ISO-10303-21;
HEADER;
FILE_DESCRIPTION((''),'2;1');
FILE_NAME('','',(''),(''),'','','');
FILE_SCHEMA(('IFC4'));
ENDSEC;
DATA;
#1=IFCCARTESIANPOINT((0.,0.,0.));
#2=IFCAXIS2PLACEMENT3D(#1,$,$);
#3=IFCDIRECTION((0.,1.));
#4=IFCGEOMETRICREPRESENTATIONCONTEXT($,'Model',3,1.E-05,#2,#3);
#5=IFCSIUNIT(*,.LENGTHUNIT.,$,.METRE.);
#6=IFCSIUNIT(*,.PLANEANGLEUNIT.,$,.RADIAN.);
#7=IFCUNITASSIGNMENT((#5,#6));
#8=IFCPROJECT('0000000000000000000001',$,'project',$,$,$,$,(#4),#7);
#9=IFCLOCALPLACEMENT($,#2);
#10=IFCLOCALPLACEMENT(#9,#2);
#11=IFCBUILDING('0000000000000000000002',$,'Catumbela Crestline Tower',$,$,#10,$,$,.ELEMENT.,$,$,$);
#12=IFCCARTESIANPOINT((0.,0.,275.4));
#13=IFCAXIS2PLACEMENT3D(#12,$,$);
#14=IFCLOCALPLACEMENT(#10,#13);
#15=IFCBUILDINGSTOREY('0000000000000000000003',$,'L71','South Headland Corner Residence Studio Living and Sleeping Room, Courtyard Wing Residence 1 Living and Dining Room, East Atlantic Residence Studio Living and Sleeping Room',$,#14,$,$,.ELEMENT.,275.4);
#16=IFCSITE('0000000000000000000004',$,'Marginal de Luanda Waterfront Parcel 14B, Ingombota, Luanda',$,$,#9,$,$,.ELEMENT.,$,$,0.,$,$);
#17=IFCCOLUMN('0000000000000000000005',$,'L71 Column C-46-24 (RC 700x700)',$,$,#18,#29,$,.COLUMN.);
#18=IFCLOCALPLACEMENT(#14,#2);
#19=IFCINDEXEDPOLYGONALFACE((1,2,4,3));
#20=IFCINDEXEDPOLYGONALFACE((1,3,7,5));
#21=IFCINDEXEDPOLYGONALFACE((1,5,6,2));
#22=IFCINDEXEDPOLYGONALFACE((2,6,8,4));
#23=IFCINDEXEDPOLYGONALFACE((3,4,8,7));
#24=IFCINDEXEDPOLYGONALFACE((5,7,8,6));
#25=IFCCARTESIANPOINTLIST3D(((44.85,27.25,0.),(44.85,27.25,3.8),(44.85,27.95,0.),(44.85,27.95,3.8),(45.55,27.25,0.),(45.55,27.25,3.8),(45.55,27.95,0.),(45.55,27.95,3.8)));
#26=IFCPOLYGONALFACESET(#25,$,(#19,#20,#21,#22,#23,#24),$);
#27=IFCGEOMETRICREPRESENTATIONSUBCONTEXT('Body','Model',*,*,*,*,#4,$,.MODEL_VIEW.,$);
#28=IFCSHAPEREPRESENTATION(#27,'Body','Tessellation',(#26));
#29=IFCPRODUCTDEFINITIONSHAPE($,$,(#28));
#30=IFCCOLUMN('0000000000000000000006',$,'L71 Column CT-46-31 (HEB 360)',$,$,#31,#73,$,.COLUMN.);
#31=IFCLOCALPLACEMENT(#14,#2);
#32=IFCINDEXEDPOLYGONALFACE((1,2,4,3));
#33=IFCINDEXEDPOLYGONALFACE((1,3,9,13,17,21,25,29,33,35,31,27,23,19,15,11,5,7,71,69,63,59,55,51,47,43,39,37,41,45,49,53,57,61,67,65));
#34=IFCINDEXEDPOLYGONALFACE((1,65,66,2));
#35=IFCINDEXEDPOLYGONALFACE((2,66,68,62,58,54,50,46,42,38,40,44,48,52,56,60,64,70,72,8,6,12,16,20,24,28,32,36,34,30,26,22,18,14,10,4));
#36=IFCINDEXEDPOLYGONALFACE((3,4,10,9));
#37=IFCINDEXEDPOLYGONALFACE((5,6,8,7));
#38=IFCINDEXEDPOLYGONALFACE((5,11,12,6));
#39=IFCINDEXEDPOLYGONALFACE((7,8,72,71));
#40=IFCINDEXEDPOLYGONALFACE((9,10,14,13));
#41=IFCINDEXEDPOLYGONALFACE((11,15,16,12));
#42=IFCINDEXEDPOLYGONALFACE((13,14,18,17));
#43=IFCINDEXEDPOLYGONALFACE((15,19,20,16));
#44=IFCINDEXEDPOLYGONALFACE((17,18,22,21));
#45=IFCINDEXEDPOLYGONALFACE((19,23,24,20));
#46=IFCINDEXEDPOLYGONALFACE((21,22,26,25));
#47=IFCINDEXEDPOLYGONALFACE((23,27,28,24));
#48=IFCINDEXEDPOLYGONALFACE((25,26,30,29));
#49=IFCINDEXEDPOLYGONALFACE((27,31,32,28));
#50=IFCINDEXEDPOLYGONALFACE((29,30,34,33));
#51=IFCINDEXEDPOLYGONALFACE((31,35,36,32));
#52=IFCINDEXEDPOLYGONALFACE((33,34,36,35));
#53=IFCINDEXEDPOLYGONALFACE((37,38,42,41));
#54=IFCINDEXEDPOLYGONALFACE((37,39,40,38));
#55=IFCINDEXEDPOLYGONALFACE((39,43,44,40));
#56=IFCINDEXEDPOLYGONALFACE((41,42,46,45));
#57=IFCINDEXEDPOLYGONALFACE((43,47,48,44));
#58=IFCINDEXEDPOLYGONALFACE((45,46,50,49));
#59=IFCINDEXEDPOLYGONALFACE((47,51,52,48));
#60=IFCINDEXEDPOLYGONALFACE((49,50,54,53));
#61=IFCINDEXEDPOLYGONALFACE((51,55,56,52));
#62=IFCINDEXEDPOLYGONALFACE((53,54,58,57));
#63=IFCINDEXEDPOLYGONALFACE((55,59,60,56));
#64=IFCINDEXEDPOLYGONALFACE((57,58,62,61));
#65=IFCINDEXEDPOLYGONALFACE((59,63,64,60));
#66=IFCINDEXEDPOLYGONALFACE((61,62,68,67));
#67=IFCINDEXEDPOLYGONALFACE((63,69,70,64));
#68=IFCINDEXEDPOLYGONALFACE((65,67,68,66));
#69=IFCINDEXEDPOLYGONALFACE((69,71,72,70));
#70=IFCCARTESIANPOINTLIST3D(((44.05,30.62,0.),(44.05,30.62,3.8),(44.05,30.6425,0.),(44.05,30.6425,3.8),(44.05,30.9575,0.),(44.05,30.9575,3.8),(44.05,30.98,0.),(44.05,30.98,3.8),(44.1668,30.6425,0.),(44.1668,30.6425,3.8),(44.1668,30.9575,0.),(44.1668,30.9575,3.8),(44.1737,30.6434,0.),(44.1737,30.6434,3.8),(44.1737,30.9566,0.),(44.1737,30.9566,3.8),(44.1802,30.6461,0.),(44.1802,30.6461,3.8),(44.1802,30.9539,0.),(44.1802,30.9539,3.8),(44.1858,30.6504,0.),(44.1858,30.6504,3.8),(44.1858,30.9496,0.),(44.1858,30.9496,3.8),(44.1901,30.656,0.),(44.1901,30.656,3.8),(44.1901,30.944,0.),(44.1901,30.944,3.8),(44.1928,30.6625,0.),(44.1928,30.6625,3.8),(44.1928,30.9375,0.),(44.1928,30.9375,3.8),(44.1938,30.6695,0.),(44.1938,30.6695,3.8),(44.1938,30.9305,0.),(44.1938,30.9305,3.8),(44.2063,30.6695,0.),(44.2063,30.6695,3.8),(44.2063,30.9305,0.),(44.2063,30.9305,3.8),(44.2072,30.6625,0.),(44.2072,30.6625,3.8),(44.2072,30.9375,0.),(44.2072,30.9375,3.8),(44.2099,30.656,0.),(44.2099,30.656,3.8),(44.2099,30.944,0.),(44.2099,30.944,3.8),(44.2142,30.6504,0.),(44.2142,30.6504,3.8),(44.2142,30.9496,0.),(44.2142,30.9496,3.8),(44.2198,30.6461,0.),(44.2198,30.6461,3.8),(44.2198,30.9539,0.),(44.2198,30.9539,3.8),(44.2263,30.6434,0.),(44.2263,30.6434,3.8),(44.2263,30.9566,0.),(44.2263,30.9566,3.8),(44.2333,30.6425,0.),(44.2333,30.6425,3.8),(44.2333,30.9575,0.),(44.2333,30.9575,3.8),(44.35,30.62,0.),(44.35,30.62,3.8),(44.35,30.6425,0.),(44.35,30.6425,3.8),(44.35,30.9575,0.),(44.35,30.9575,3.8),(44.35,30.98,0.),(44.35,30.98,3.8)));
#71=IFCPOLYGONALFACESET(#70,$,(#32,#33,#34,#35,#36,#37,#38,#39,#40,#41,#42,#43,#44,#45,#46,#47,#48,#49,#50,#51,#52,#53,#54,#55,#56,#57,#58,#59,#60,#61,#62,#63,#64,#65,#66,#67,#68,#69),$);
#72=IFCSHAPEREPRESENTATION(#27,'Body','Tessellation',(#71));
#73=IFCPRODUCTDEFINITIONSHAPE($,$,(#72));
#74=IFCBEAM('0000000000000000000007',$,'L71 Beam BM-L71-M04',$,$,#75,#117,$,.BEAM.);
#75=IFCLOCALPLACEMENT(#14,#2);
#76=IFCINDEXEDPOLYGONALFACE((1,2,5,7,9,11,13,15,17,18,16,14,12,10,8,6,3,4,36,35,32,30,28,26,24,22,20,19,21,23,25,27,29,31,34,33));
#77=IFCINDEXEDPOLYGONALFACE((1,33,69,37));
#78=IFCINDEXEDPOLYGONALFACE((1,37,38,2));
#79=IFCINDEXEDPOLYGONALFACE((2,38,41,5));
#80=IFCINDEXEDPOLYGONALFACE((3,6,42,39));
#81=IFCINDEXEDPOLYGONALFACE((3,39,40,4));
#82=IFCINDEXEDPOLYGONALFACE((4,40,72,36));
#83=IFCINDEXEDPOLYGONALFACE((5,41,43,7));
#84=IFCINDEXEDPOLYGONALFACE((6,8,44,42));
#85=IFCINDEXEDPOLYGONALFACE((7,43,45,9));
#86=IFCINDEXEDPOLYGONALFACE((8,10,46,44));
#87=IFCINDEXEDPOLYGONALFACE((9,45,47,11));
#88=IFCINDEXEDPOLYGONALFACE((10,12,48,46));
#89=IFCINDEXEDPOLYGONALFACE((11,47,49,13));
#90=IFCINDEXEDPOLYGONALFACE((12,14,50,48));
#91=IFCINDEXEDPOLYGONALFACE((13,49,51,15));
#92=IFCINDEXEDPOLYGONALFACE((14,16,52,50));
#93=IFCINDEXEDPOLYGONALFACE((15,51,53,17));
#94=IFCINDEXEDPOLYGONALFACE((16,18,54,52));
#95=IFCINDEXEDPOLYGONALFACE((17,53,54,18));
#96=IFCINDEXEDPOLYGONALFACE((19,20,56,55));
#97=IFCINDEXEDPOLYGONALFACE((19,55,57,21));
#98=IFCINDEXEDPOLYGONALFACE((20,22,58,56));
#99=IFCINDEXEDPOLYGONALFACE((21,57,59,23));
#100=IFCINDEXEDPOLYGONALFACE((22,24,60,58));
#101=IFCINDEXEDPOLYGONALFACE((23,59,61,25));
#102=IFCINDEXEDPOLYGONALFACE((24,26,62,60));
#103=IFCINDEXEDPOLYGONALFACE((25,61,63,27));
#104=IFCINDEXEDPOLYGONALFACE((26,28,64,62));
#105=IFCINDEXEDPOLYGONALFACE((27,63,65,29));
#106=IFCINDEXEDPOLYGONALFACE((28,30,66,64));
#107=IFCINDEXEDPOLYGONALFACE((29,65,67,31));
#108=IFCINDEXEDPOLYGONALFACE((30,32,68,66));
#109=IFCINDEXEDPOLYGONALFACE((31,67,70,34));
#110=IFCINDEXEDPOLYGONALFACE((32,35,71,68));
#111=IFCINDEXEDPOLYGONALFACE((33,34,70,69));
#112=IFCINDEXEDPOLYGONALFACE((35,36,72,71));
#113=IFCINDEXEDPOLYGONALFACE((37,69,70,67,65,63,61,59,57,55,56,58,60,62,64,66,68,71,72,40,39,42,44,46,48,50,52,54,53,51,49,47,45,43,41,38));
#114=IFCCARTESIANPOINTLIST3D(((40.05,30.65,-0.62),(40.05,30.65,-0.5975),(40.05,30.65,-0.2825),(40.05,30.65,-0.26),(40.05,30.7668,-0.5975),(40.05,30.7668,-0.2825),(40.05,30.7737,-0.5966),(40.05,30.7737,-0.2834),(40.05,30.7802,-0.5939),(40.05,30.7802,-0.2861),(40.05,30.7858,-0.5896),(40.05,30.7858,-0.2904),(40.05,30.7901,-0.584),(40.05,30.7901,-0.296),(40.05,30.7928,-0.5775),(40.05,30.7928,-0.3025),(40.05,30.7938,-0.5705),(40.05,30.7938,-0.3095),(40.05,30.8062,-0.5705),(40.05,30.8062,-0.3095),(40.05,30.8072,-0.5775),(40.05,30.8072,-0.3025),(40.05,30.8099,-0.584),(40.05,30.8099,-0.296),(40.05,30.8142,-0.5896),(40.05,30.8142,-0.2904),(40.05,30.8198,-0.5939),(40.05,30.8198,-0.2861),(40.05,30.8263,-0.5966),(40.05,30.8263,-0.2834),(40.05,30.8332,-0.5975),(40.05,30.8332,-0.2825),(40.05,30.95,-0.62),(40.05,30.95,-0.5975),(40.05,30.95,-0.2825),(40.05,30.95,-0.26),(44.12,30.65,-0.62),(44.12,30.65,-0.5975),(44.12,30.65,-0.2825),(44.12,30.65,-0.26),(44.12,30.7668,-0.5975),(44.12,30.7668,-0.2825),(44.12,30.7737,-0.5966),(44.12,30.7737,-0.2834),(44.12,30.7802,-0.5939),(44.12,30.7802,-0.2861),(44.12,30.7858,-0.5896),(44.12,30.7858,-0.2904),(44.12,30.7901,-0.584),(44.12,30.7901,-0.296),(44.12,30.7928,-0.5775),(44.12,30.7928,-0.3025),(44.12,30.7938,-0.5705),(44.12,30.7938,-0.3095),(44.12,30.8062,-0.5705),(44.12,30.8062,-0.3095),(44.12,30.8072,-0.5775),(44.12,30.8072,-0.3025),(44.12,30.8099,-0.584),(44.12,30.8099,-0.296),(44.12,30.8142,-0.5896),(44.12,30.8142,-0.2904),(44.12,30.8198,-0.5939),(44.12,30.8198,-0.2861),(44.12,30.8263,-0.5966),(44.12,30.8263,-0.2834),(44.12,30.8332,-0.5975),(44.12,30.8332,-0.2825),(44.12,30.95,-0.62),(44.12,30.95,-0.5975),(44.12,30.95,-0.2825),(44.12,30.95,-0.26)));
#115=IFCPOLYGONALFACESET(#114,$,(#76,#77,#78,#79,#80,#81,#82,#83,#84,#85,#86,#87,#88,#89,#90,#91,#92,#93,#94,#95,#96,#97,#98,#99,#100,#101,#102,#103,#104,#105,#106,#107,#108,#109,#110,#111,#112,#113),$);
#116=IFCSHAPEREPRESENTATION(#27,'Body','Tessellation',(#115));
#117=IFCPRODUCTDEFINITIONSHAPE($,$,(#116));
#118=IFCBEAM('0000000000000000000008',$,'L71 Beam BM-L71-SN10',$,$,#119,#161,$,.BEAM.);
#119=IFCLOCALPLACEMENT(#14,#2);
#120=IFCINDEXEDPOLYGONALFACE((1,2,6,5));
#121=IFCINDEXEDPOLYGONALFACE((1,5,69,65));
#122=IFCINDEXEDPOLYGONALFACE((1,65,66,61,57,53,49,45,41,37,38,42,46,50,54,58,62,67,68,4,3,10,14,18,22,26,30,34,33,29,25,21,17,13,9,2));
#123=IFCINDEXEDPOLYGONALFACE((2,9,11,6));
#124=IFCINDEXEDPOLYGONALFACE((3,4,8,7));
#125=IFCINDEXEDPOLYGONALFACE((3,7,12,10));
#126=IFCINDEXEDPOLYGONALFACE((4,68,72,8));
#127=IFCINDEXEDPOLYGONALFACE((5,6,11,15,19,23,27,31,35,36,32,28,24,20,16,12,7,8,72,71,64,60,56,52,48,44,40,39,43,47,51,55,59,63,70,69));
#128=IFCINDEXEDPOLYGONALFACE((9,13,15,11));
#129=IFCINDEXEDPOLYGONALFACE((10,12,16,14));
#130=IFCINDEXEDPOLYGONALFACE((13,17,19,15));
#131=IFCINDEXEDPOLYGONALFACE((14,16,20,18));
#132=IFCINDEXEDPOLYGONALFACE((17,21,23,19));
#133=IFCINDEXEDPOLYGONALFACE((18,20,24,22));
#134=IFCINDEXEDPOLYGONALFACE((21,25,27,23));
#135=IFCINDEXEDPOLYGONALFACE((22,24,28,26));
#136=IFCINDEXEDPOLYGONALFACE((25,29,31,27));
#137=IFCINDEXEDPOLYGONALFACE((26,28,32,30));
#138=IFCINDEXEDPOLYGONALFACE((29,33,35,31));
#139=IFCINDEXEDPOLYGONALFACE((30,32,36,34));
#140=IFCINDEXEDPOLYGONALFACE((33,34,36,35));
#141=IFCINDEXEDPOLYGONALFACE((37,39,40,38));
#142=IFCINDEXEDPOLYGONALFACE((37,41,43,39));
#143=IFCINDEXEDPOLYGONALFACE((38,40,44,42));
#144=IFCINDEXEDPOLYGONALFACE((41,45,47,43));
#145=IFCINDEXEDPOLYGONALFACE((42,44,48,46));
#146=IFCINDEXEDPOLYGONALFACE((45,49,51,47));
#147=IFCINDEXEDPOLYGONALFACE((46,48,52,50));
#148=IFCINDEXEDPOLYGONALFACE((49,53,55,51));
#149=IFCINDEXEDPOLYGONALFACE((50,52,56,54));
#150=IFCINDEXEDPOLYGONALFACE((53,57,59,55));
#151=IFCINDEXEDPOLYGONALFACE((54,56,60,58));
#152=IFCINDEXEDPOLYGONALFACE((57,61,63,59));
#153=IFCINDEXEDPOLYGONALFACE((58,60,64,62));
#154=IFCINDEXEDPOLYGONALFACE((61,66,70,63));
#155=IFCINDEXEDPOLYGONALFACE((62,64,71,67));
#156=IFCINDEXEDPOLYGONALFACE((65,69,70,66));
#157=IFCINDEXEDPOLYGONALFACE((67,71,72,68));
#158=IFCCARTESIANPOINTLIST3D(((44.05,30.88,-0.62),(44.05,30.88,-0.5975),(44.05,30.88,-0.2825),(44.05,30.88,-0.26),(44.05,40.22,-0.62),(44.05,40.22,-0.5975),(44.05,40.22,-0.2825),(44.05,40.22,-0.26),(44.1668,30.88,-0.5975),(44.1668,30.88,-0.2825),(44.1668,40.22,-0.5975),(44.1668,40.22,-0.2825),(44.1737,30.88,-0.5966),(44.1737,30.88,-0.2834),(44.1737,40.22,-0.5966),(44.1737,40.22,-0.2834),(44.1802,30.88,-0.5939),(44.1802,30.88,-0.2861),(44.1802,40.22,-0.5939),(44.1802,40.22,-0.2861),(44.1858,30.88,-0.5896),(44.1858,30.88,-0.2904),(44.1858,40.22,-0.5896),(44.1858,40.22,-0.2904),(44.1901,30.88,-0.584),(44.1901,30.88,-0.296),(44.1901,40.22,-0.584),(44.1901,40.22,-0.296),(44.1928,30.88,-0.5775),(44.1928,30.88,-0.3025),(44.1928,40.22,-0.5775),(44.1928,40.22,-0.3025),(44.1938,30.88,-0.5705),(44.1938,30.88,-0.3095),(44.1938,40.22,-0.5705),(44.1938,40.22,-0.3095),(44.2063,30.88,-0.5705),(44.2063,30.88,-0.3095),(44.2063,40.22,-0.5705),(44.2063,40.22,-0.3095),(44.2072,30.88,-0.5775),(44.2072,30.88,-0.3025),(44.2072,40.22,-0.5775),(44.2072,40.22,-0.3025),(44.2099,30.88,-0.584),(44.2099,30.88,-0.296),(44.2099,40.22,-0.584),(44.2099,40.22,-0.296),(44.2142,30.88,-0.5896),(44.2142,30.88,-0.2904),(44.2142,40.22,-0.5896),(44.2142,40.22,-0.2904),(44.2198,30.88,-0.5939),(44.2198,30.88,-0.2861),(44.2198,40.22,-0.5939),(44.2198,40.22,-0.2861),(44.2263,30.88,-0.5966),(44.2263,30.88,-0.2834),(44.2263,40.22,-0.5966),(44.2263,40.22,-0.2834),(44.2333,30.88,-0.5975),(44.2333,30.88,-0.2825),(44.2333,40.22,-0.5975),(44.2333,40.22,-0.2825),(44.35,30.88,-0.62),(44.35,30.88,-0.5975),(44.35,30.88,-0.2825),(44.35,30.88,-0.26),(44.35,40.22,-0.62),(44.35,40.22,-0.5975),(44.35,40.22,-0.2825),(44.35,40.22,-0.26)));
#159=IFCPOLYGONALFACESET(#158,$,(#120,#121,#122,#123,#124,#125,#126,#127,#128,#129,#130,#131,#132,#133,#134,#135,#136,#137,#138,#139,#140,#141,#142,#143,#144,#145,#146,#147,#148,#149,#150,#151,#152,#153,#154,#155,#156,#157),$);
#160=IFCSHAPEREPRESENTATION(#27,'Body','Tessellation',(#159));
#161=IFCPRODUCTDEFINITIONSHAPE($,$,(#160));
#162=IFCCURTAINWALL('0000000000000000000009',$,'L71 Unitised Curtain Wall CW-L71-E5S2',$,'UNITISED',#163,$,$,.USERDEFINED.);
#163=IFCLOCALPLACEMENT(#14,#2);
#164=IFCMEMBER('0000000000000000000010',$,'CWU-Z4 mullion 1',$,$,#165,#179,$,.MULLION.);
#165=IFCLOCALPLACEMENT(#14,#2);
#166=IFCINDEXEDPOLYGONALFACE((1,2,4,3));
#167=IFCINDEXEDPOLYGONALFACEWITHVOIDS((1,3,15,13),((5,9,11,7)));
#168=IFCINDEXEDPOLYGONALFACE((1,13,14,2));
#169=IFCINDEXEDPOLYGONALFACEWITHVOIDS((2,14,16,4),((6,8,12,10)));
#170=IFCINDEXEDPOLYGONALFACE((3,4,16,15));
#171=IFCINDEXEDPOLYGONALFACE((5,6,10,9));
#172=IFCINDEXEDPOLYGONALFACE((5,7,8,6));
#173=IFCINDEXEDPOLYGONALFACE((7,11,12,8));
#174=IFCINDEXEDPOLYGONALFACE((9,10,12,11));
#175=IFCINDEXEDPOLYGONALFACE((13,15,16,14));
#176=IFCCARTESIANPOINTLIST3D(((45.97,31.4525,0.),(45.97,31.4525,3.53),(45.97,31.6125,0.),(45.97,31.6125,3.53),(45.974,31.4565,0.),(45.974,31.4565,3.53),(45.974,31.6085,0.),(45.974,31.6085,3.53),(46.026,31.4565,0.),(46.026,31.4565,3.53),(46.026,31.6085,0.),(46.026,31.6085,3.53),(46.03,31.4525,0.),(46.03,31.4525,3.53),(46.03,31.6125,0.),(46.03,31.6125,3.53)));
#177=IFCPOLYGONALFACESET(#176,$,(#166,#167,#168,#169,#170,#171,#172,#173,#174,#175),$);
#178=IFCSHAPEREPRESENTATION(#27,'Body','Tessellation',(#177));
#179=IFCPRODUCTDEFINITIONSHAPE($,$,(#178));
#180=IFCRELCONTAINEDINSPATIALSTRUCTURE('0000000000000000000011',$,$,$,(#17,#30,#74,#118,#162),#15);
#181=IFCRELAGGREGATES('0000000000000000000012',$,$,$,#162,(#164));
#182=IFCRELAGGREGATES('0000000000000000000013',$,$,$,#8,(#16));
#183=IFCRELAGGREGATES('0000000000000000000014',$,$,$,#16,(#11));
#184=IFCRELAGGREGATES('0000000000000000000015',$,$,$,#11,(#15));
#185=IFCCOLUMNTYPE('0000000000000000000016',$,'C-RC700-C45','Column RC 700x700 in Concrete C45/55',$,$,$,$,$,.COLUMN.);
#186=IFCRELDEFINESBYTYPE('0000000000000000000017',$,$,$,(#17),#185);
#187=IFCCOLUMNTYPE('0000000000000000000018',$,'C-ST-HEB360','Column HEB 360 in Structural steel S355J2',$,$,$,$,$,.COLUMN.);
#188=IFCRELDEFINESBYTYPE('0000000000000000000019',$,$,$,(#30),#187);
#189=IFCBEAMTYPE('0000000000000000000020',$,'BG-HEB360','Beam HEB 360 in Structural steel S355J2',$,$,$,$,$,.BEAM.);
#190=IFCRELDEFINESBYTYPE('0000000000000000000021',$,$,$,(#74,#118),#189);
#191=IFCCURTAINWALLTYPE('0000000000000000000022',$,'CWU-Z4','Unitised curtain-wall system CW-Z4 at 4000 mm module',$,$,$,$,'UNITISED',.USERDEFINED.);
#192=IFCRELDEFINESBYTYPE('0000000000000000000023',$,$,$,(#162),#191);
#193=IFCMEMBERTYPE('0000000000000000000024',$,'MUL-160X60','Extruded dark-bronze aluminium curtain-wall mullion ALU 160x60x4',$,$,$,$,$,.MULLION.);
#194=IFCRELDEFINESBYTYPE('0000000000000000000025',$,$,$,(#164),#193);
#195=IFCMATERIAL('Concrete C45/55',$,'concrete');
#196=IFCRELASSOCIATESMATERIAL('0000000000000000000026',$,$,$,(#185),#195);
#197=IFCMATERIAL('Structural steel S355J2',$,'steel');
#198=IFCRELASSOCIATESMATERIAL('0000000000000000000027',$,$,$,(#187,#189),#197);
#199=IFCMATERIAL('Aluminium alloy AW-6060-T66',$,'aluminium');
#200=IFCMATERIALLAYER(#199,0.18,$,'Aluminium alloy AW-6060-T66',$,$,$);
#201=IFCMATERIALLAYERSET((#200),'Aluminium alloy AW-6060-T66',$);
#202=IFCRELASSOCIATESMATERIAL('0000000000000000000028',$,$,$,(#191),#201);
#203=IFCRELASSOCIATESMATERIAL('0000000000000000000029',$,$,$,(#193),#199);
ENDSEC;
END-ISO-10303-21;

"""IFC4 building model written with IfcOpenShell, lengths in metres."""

from ifc_helpers import new_model, si_unit, direction, frame, origin, origin_2d, place, context, subcontext, project, spatial, rectangle, hollow_rectangle, i_section, extrude, material, layer, layer_set, material_profile, profile_set, type_object, element, aggregate, save


model = new_model("IFC4")

# Units and contexts
model_context = context("Model", 3, precision=1e-05, world=origin(), true_north=direction((0.0, 1.0)))
body_context = subcontext(model_context, "Body", "Model", "MODEL_VIEW")
ifc_project = project(units=[si_unit("LENGTHUNIT", "METRE"), si_unit("PLANEANGLEUNIT", "RADIAN")], contexts=[model_context])

# Site, building, storey
site_placement = place(None, origin())
site = spatial("IfcSite", under=ifc_project, at=site_placement, Name="Marginal de Luanda Waterfront Parcel 14B, Ingombota, Luanda", CompositionType="ELEMENT", RefElevation=0.0)
building_placement = place(site_placement, origin())
building = spatial("IfcBuilding", under=site, at=building_placement, Name="Catumbela Crestline Tower", CompositionType="ELEMENT")
storey_placement = place(building_placement, frame((0.0, 0.0, 275.4)))
storey = spatial("IfcBuildingStorey", under=building, at=storey_placement, Name="L71", Description="South Headland Corner Residence Studio Living and Sleeping Room, Courtyard Wing Residence 1 Living and Dining Room, East Atlantic Residence Studio Living and Sleeping Room", CompositionType="ELEMENT", Elevation=275.4)

# Columns
ifc_material_1 = material(Name="Concrete C45/55", Category="concrete")
ifc_material_profile_1 = material_profile(ifc_material_1, rectangle(XDim=0.7, YDim=0.7, at=origin_2d()), Name="RC 700x700")
ifc_profile_set_1 = profile_set([ifc_material_profile_1], Name="Concrete C45/55")
column_type_1 = type_object("IfcColumnType", Name="C-RC700-C45", Description="Column RC 700x700 in Concrete C45/55", PredefinedType="COLUMN", material=ifc_profile_set_1)
column_1_placement = place(storey_placement, frame((45.2, 27.6, 0.0), z_axis=(0.0, 0.0, 1.0), x_axis=(1.0, 0.0, 0.0)))
element("IfcColumn", 1, at=column_1_placement, inside=storey, type_object=column_type_1, Name="L71 Column C-46-24 (RC 700x700)", PredefinedType="COLUMN", context=body_context, shape_type="SweptSolid", body=[
    extrude(rectangle(XDim=0.7, YDim=0.7, at=origin_2d()), origin(), (0.0, 0.0, 1.0), 3.8),
])
ifc_material_2 = material(Name="Structural steel S355J2", Category="steel")
ifc_material_profile_2 = material_profile(ifc_material_2, i_section(OverallWidth=0.3, OverallDepth=0.36, WebThickness=0.0125, FlangeThickness=0.0225, FilletRadius=0.027, at=origin_2d()), Name="HEB 360")
ifc_profile_set_2 = profile_set([ifc_material_profile_2], Name="Structural steel S355J2")
column_type_2 = type_object("IfcColumnType", Name="C-ST-HEB360", Description="Column HEB 360 in Structural steel S355J2", PredefinedType="COLUMN", material=ifc_profile_set_2)
column_2_placement = place(storey_placement, frame((44.2, 30.8, 0.0), z_axis=(0.0, 0.0, 1.0), x_axis=(1.0, 0.0, 0.0)))
element("IfcColumn", 2, at=column_2_placement, inside=storey, type_object=column_type_2, Name="L71 Column CT-46-31 (HEB 360)", PredefinedType="COLUMN", context=body_context, shape_type="SweptSolid", body=[
    extrude(i_section(OverallWidth=0.3, OverallDepth=0.36, WebThickness=0.0125, FlangeThickness=0.0225, FilletRadius=0.027, at=origin_2d()), origin(), (0.0, 0.0, 1.0), 3.8),
])

# Beams
ifc_material_profile_3 = material_profile(ifc_material_2, i_section(OverallWidth=0.3, OverallDepth=0.36, WebThickness=0.0125, FlangeThickness=0.0225, FilletRadius=0.027, at=origin_2d()), Name="HEB 360")
ifc_profile_set_3 = profile_set([ifc_material_profile_3], Name="Structural steel S355J2")
beam_type_1 = type_object("IfcBeamType", Name="BG-HEB360", Description="Beam HEB 360 in Structural steel S355J2", PredefinedType="BEAM", material=ifc_profile_set_3)
beam_1_placement = place(storey_placement, frame((40.05, 30.8, -0.44), z_axis=(1.0, 0.0, 0.0), x_axis=(0.0, 1.0, 0.0)))
element("IfcBeam", 3, at=beam_1_placement, inside=storey, type_object=beam_type_1, Name="L71 Beam BM-L71-M04", PredefinedType="BEAM", context=body_context, shape_type="SweptSolid", body=[
    extrude(i_section(OverallWidth=0.3, OverallDepth=0.36, WebThickness=0.0125, FlangeThickness=0.0225, FilletRadius=0.027, at=origin_2d()), origin(), (0.0, 0.0, 1.0), 4.07),
])
beam_2_placement = place(storey_placement, frame((44.2, 30.88, -0.44), z_axis=(0.0, 1.0, 0.0), x_axis=(-1.0, 0.0, 0.0)))
element("IfcBeam", 4, at=beam_2_placement, inside=storey, type_object=beam_type_1, Name="L71 Beam BM-L71-SN10", PredefinedType="BEAM", context=body_context, shape_type="SweptSolid", body=[
    extrude(i_section(OverallWidth=0.3, OverallDepth=0.36, WebThickness=0.0125, FlangeThickness=0.0225, FilletRadius=0.027, at=origin_2d()), origin(), (0.0, 0.0, 1.0), 9.34),
])

# Curtain wall, member
ifc_material_3 = material(Name="Aluminium alloy AW-6060-T66", Category="aluminium")
ifc_layer_1 = layer(ifc_material_3, 0.18, Name="Aluminium alloy AW-6060-T66")
ifc_layer_set_1 = layer_set([ifc_layer_1], Name="Aluminium alloy AW-6060-T66")
curtain_wall_type = type_object("IfcCurtainWallType", Name="CWU-Z4", Description="Unitised curtain-wall system CW-Z4 at 4000 mm module", ElementType="UNITISED", PredefinedType="USERDEFINED", material=ifc_layer_set_1)
curtain_wall_placement = place(storey_placement, origin())
curtain_wall = element("IfcCurtainWall", 5, at=curtain_wall_placement, inside=storey, type_object=curtain_wall_type, Name="L71 Unitised Curtain Wall CW-L71-E5S2", ObjectType="UNITISED", PredefinedType="USERDEFINED")
ifc_material_profile_4 = material_profile(ifc_material_3, hollow_rectangle(XDim=0.06, YDim=0.16, WallThickness=0.004, at=origin_2d()), Name="ALU 160x60x4")
ifc_profile_set_4 = profile_set([ifc_material_profile_4], Name="Aluminium alloy AW-6060-T66")
member_type_1 = type_object("IfcMemberType", Name="MUL-160X60", Description="Extruded dark-bronze aluminium curtain-wall mullion ALU 160x60x4", PredefinedType="MULLION", material=ifc_profile_set_4)
member_1_placement = place(storey_placement, frame((46.0, 31.5325, 0.0), z_axis=(0.0, 0.0, 1.0), x_axis=(-1.0, 0.0, 0.0)))
member_1 = element("IfcMember", 6, at=member_1_placement, type_object=member_type_1, Name="CWU-Z4 mullion 1", PredefinedType="MULLION", context=body_context, shape_type="SweptSolid", body=[
    extrude(hollow_rectangle(XDim=0.06, YDim=0.16, WallThickness=0.004, at=origin_2d()), origin(), (0.0, 0.0, 1.0), 3.53),
])

aggregate(curtain_wall, [member_1])

save(model, "model.ifc")
